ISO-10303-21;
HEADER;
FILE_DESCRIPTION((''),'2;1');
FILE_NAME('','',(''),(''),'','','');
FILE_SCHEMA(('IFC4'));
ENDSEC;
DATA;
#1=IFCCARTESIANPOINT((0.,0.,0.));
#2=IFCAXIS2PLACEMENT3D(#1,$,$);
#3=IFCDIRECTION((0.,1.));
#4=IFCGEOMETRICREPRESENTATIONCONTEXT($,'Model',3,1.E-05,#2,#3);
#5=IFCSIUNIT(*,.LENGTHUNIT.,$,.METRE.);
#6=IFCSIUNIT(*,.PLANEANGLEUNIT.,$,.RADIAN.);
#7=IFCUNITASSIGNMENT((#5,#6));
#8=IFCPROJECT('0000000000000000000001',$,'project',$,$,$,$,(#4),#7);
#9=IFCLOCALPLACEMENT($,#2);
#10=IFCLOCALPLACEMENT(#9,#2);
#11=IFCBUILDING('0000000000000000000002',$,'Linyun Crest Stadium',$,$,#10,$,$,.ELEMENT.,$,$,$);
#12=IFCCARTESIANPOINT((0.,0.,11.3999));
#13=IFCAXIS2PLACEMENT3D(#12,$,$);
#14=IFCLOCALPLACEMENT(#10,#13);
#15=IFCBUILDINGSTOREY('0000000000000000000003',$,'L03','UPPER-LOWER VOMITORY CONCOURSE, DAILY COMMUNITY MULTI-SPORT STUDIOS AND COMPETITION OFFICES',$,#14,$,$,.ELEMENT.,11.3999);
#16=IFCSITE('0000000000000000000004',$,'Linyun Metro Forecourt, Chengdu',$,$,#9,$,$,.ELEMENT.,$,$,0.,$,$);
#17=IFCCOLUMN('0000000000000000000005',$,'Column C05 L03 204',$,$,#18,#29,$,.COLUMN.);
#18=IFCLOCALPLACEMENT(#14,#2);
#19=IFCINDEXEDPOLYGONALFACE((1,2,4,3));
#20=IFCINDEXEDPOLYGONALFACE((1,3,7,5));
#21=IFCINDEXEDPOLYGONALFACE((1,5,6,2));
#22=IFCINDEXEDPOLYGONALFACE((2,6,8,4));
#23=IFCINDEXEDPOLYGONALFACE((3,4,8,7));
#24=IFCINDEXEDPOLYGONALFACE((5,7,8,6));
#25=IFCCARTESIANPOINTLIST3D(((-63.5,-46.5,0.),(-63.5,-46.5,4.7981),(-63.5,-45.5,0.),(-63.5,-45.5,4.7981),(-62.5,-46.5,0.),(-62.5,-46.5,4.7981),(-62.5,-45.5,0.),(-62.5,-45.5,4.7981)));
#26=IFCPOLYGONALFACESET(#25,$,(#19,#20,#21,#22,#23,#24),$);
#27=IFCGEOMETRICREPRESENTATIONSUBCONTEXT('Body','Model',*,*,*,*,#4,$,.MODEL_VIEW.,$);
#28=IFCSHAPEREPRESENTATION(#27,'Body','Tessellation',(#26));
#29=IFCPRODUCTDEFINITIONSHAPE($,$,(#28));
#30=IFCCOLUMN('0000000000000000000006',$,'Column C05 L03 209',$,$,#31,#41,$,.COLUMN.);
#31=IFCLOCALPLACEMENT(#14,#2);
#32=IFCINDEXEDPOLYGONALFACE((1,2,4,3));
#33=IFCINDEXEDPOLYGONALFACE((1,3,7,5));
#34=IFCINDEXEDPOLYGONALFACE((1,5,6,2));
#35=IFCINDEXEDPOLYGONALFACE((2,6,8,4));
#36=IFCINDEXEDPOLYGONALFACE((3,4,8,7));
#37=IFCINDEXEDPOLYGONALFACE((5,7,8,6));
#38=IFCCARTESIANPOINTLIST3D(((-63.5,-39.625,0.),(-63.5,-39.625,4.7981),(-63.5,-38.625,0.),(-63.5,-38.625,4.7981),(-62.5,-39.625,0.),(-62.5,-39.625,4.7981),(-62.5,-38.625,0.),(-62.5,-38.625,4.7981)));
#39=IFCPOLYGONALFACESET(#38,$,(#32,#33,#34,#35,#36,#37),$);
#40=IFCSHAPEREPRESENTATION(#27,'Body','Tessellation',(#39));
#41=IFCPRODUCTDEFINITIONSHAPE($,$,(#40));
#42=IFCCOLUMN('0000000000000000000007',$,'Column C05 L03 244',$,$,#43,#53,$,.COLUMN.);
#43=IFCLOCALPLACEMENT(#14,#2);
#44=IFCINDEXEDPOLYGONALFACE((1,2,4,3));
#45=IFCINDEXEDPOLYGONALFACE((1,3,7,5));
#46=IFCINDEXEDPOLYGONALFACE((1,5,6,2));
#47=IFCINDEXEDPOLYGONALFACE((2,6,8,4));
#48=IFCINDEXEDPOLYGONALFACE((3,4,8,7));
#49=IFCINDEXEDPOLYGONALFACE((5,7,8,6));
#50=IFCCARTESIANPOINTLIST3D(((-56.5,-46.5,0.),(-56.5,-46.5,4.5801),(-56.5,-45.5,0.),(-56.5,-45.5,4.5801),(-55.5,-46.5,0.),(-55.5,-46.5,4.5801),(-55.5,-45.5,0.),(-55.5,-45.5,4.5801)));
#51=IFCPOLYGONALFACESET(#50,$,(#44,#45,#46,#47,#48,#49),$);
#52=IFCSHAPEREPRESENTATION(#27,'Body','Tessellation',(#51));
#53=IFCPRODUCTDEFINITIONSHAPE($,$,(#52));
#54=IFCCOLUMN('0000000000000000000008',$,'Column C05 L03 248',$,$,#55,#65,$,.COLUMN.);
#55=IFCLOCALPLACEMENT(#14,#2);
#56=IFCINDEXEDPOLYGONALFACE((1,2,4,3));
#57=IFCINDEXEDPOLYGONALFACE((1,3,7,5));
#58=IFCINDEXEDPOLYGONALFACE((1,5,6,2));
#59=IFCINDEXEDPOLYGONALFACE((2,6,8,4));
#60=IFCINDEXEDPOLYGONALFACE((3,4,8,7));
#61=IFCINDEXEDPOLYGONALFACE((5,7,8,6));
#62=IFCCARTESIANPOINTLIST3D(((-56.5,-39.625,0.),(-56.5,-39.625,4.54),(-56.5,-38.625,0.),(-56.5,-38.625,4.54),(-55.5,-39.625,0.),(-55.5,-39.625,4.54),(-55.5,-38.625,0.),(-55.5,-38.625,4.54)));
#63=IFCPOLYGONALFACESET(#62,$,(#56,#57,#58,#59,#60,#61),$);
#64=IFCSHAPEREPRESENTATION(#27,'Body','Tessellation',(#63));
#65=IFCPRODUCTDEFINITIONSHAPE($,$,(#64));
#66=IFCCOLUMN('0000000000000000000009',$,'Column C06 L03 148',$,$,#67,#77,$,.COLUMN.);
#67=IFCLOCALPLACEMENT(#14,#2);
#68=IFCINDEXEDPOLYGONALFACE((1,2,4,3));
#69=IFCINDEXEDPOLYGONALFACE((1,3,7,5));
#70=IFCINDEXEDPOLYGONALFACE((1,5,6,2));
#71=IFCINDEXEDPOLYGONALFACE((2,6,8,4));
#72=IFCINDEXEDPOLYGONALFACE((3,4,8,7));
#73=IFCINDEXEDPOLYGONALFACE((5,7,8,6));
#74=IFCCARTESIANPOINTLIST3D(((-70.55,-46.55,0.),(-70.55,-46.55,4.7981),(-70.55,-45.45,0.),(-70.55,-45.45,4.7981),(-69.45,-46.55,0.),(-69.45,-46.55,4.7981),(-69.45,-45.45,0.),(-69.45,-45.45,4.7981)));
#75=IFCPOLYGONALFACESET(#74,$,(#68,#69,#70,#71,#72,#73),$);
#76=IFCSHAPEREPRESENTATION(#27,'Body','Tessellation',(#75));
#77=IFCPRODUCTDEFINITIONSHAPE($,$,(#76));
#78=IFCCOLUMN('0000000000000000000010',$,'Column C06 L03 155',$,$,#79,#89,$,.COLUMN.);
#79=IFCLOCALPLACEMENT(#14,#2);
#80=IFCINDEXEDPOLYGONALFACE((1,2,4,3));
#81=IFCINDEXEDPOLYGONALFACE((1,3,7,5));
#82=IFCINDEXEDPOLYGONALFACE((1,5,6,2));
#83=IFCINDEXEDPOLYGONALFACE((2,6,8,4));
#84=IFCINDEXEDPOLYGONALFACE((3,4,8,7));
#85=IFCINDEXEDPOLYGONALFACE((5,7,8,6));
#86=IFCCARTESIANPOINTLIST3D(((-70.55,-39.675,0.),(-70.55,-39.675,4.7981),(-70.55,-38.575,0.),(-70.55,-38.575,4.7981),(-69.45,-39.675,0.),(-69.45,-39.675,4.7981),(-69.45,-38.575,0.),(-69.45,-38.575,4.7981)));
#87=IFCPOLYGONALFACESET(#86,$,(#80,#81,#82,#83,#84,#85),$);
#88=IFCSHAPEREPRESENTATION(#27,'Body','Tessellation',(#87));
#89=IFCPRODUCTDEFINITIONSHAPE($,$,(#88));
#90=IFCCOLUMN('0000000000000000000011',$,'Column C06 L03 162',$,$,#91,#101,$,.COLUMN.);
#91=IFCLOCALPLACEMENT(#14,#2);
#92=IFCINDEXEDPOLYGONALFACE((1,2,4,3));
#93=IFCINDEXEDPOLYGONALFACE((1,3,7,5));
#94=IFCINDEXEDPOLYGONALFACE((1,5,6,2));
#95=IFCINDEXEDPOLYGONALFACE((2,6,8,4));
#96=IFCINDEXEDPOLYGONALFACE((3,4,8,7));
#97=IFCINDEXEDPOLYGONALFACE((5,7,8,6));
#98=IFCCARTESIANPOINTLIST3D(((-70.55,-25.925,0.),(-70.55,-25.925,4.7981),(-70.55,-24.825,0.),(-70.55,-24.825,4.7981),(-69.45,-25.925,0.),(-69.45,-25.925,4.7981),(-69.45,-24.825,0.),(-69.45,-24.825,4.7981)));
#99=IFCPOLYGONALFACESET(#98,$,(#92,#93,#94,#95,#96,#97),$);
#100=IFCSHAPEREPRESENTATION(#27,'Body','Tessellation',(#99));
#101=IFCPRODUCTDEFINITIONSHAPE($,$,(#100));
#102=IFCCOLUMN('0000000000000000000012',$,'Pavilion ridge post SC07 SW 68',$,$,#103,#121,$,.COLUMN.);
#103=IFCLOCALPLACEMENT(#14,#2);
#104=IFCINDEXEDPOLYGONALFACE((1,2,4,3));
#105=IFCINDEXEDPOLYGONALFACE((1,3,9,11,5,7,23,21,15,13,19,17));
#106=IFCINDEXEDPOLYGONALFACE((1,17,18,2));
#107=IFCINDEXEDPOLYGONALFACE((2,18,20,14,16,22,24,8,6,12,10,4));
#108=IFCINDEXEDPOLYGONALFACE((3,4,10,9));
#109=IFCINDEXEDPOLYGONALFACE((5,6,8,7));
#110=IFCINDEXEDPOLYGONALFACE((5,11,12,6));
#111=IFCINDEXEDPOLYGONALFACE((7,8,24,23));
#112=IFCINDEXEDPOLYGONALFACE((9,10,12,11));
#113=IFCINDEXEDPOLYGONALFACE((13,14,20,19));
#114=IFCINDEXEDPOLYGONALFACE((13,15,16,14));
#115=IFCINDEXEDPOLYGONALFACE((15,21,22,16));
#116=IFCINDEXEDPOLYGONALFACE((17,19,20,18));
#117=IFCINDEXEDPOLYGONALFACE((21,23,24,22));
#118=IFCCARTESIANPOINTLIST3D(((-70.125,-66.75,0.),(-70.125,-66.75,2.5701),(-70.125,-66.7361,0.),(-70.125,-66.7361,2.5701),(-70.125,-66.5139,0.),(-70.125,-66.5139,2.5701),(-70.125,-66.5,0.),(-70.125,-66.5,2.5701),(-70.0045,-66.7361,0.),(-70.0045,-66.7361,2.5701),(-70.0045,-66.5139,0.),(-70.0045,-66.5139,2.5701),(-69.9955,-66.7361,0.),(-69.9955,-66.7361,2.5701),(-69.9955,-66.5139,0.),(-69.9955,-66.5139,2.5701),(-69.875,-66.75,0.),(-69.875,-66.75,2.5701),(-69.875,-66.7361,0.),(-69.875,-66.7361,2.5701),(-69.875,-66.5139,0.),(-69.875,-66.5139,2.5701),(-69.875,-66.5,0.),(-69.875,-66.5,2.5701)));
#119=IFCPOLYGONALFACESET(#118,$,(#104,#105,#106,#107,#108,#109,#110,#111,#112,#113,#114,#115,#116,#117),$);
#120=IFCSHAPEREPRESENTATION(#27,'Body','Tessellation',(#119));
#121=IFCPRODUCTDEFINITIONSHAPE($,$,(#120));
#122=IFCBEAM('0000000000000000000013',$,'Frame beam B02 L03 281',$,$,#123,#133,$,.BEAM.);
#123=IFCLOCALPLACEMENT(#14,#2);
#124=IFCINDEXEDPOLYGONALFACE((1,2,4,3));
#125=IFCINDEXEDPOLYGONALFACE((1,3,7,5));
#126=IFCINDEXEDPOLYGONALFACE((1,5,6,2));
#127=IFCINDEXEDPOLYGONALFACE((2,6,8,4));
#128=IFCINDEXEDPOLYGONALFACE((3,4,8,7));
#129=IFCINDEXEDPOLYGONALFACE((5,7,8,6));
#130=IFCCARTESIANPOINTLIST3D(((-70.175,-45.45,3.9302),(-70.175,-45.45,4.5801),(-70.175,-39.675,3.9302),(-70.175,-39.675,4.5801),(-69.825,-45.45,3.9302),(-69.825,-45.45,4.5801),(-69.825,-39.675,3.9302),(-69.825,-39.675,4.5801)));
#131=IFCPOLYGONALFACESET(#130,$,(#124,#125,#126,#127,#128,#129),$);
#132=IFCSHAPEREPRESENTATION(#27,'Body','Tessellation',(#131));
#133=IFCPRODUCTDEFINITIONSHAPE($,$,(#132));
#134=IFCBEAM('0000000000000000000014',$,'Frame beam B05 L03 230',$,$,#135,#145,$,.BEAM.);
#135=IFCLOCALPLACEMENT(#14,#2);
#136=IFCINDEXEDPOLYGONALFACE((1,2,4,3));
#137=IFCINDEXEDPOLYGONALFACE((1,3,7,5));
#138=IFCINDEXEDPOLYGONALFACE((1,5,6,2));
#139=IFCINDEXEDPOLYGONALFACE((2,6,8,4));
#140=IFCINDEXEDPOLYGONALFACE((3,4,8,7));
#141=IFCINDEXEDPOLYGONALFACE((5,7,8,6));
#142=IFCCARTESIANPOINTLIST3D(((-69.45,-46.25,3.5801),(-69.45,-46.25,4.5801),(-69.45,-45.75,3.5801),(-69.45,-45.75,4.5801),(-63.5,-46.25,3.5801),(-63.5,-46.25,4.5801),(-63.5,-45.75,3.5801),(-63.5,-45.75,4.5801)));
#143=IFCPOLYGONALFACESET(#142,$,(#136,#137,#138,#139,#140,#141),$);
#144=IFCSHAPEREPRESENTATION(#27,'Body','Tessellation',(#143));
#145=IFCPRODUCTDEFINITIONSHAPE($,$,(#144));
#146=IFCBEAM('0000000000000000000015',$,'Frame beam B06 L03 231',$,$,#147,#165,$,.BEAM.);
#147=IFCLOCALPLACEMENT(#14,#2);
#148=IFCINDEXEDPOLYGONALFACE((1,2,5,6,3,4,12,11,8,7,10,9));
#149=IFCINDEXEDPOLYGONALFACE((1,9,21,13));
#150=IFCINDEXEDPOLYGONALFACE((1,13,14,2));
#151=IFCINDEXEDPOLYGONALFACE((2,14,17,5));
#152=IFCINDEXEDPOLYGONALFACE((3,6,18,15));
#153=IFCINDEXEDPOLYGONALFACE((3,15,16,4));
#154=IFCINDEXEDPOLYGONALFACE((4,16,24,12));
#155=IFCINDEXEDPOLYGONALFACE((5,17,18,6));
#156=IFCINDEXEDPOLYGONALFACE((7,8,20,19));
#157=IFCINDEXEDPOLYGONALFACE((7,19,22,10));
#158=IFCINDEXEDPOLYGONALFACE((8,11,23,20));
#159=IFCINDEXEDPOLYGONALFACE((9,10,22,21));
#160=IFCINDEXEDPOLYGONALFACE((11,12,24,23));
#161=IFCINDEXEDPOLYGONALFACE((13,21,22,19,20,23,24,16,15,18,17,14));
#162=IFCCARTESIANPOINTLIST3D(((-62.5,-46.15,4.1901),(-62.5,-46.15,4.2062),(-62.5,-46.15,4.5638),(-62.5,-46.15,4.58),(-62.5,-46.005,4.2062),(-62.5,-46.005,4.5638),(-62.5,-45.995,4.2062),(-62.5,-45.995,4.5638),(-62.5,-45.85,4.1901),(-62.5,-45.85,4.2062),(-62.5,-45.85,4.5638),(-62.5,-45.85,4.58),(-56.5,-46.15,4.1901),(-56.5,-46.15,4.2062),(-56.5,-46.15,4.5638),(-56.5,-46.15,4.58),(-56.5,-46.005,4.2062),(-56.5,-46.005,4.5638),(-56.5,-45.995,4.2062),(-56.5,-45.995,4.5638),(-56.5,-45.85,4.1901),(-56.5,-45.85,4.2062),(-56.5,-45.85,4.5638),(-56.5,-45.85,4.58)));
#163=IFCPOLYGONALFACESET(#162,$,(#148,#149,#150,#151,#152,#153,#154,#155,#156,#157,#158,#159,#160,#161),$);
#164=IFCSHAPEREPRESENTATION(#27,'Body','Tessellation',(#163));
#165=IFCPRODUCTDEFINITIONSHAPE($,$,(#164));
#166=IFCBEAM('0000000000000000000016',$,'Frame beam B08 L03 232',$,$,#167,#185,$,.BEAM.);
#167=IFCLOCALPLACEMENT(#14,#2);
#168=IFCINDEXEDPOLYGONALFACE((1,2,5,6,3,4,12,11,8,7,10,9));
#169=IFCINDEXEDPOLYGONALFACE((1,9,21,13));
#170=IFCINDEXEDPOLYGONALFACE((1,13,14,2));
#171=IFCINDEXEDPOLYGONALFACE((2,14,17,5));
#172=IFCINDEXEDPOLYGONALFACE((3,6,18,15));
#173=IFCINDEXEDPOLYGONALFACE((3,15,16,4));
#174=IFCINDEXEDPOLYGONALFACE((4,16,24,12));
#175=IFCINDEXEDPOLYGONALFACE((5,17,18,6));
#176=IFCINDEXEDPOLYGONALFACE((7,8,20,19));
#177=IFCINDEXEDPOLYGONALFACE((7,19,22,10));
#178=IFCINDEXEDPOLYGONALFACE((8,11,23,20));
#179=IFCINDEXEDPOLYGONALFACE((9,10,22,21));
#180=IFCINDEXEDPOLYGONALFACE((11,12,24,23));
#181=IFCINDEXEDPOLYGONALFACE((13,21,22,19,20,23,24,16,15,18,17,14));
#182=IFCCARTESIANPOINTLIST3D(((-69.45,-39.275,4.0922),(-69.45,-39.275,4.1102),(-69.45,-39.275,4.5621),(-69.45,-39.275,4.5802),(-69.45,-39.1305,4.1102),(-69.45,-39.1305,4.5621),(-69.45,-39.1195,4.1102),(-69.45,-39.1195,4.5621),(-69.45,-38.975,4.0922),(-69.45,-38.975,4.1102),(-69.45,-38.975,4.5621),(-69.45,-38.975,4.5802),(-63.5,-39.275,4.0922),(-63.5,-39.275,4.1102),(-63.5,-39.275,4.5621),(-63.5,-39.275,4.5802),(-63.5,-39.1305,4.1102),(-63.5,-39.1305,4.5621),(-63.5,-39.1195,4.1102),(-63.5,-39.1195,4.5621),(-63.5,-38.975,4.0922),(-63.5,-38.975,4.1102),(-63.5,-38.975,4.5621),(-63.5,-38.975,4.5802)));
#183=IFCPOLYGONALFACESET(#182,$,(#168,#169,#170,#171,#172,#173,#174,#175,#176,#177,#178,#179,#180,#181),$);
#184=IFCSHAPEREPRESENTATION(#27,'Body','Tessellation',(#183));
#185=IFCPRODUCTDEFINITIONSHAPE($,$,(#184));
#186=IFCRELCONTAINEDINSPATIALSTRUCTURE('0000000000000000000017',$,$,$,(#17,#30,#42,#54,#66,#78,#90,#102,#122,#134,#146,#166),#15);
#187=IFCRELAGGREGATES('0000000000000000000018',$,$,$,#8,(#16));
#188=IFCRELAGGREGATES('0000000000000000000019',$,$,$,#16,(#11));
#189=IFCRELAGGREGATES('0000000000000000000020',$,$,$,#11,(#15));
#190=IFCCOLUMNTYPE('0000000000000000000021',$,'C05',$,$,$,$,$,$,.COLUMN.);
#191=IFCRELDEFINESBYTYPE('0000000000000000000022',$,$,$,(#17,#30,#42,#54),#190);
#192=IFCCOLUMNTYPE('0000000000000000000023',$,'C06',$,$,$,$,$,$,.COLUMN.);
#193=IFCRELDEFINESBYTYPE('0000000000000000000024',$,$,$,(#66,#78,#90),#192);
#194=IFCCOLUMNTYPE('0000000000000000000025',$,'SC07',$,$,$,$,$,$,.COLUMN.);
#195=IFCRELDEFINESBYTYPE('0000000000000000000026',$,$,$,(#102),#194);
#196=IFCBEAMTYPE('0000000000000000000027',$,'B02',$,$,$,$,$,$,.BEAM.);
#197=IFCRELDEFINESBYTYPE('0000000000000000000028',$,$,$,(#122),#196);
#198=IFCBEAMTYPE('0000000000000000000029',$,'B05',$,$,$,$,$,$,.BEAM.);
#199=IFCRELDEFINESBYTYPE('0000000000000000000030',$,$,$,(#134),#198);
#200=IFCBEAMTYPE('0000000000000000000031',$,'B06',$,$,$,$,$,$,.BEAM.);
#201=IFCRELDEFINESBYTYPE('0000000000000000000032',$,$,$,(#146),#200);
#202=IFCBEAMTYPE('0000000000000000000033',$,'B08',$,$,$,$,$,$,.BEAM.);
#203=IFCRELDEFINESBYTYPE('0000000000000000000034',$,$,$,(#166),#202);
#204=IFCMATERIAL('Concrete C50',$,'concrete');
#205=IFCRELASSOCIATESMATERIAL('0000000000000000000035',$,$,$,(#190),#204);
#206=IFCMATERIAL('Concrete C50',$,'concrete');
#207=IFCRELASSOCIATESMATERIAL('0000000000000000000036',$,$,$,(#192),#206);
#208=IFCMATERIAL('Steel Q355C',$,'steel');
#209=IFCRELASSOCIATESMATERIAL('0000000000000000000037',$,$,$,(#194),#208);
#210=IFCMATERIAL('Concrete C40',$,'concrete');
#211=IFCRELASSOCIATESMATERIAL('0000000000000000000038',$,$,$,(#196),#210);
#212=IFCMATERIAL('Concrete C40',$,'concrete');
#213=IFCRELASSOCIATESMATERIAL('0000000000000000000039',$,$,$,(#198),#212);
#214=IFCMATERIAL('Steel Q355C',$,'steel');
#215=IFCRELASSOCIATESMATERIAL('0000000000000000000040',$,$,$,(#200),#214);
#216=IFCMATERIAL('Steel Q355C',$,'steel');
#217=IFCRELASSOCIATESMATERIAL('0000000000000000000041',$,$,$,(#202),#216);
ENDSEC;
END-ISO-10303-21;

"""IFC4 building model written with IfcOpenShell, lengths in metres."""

from ifc_helpers import new_model, si_unit, direction, frame, origin, origin_2d, place, context, subcontext, project, spatial, rectangle, i_section, extrude, material, material_profile, profile_set, type_object, element, save


model = new_model("IFC4")

# Units and contexts
model_context = context("Model", 3, precision=1e-05, world=origin(), true_north=direction((0.0, 1.0)))
body_context = subcontext(model_context, "Body", "Model", "MODEL_VIEW")
ifc_project = project(units=[si_unit("LENGTHUNIT", "METRE"), si_unit("PLANEANGLEUNIT", "RADIAN")], contexts=[model_context])

# Site, building, storey
site_placement = place(None, origin())
site = spatial("IfcSite", under=ifc_project, at=site_placement, Name="Linyun Metro Forecourt, Chengdu", CompositionType="ELEMENT", RefElevation=0.0)
building_placement = place(site_placement, origin())
building = spatial("IfcBuilding", under=site, at=building_placement, Name="Linyun Crest Stadium", CompositionType="ELEMENT")
storey_placement = place(building_placement, frame((0.0, 0.0, 11.3999)))
storey = spatial("IfcBuildingStorey", under=building, at=storey_placement, Name="L03", Description="UPPER-LOWER VOMITORY CONCOURSE, DAILY COMMUNITY MULTI-SPORT STUDIOS AND COMPETITION OFFICES", CompositionType="ELEMENT", Elevation=11.3999)

# Columns
ifc_material_1 = material(Name="Concrete C50", Category="concrete")
ifc_material_profile_1 = material_profile(ifc_material_1, rectangle(XDim=1.0, YDim=1.0, at=origin_2d()), Name="RC 1000x1000")
ifc_profile_set_1 = profile_set([ifc_material_profile_1], Name="Concrete C50")
column_type_1 = type_object("IfcColumnType", Name="C05", PredefinedType="COLUMN", material=ifc_profile_set_1)
for number, where, z_axis, x_axis, name in (
    (1, (-63.0, -46.0, 0.0), (0.0, 0.0, 1.0), (1.0, 0.0, 0.0), "Column C05 L03 204"),
    (2, (-63.0, -39.125, 0.0), (0.0, 0.0, 1.0), (1.0, 0.0, 0.0), "Column C05 L03 209"),
):
    element("IfcColumn", number, at=place(storey_placement, frame(where, z_axis=z_axis, x_axis=x_axis)), inside=storey, type_object=column_type_1, Name=name, PredefinedType="COLUMN", context=body_context, shape_type="SweptSolid", body=[
        extrude(rectangle(XDim=1.0, YDim=1.0, at=origin_2d()), origin(), (0.0, 0.0, 1.0), 4.7981),
    ])
column_1_placement = place(storey_placement, frame((-56.0, -46.0, 0.0), z_axis=(0.0, 0.0, 1.0), x_axis=(1.0, 0.0, 0.0)))
element("IfcColumn", 3, at=column_1_placement, inside=storey, type_object=column_type_1, Name="Column C05 L03 244", PredefinedType="COLUMN", context=body_context, shape_type="SweptSolid", body=[
    extrude(rectangle(XDim=1.0, YDim=1.0, at=origin_2d()), origin(), (0.0, 0.0, 1.0), 4.5801),
])
column_2_placement = place(storey_placement, frame((-56.0, -39.125, 0.0), z_axis=(0.0, 0.0, 1.0), x_axis=(1.0, 0.0, 0.0)))
element("IfcColumn", 4, at=column_2_placement, inside=storey, type_object=column_type_1, Name="Column C05 L03 248", PredefinedType="COLUMN", context=body_context, shape_type="SweptSolid", body=[
    extrude(rectangle(XDim=1.0, YDim=1.0, at=origin_2d()), origin(), (0.0, 0.0, 1.0), 4.54),
])
ifc_material_2 = material(Name="Concrete C50", Category="concrete")
ifc_material_profile_2 = material_profile(ifc_material_2, rectangle(XDim=1.1001, YDim=1.1001, at=origin_2d()), Name="RC 1100x1100")
ifc_profile_set_2 = profile_set([ifc_material_profile_2], Name="Concrete C50")
column_type_2 = type_object("IfcColumnType", Name="C06", PredefinedType="COLUMN", material=ifc_profile_set_2)
for number, where, z_axis, x_axis, name in (
    (5, (-70.0, -46.0, 0.0), (0.0, 0.0, 1.0), (1.0, 0.0, 0.0), "Column C06 L03 148"),
    (6, (-70.0, -39.125, 0.0), (0.0, 0.0, 1.0), (1.0, 0.0, 0.0), "Column C06 L03 155"),
    (7, (-70.0, -25.375, 0.0), (0.0, 0.0, 1.0), (1.0, 0.0, 0.0), "Column C06 L03 162"),
):
    element("IfcColumn", number, at=place(storey_placement, frame(where, z_axis=z_axis, x_axis=x_axis)), inside=storey, type_object=column_type_2, Name=name, PredefinedType="COLUMN", context=body_context, shape_type="SweptSolid", body=[
        extrude(rectangle(XDim=1.1001, YDim=1.1001, at=origin_2d()), origin(), (0.0, 0.0, 1.0), 4.7981),
    ])
ifc_material_3 = material(Name="Steel Q355C", Category="steel")
ifc_material_profile_3 = material_profile(ifc_material_3, i_section(OverallWidth=0.25, OverallDepth=0.25, WebThickness=0.009, FlangeThickness=0.0139, at=origin_2d()), Name="HW 250x250")
ifc_profile_set_3 = profile_set([ifc_material_profile_3], Name="Steel Q355C")
column_type_3 = type_object("IfcColumnType", Name="SC07", PredefinedType="COLUMN", material=ifc_profile_set_3)
column_3_placement = place(storey_placement, frame((-70.0, -66.625, 0.0), z_axis=(0.0, 0.0, 1.0), x_axis=(1.0, 0.0, 0.0)))
element("IfcColumn", 8, at=column_3_placement, inside=storey, type_object=column_type_3, Name="Pavilion ridge post SC07 SW 68", PredefinedType="COLUMN", context=body_context, shape_type="SweptSolid", body=[
    extrude(i_section(OverallWidth=0.25, OverallDepth=0.25, WebThickness=0.009, FlangeThickness=0.0139, at=origin_2d()), origin(), (0.0, 0.0, 1.0), 2.5701),
])

# Beams
ifc_material_4 = material(Name="Concrete C40", Category="concrete")
ifc_material_profile_4 = material_profile(ifc_material_4, rectangle(XDim=0.3501, YDim=0.6499, at=origin_2d()), Name="RCB 650x350")
ifc_profile_set_4 = profile_set([ifc_material_profile_4], Name="Concrete C40")
beam_type_1 = type_object("IfcBeamType", Name="B02", PredefinedType="BEAM", material=ifc_profile_set_4)
beam_1_placement = place(storey_placement, frame((-70.0, -45.45, 4.2551), z_axis=(0.0, 1.0, 0.0), x_axis=(-1.0, 0.0, 0.0)))
element("IfcBeam", 9, at=beam_1_placement, inside=storey, type_object=beam_type_1, Name="Frame beam B02 L03 281", PredefinedType="BEAM", context=body_context, shape_type="SweptSolid", body=[
    extrude(rectangle(XDim=0.3501, YDim=0.6499, at=origin_2d()), origin(), (0.0, 0.0, 1.0), 5.7749),
])
ifc_material_5 = material(Name="Concrete C40", Category="concrete")
ifc_material_profile_5 = material_profile(ifc_material_5, rectangle(XDim=0.5, YDim=1.0, at=origin_2d()), Name="RCB 1000x500")
ifc_profile_set_5 = profile_set([ifc_material_profile_5], Name="Concrete C40")
beam_type_2 = type_object("IfcBeamType", Name="B05", PredefinedType="BEAM", material=ifc_profile_set_5)
beam_2_placement = place(storey_placement, frame((-69.45, -46.0, 4.0801), z_axis=(1.0, 0.0, 0.0), x_axis=(0.0, 1.0, 0.0)))
element("IfcBeam", 10, at=beam_2_placement, inside=storey, type_object=beam_type_2, Name="Frame beam B05 L03 230", PredefinedType="BEAM", context=body_context, shape_type="SweptSolid", body=[
    extrude(rectangle(XDim=0.5, YDim=1.0, at=origin_2d()), origin(), (0.0, 0.0, 1.0), 5.95),
])
ifc_material_6 = material(Name="Steel Q355C", Category="steel")
ifc_material_profile_6 = material_profile(ifc_material_6, i_section(OverallWidth=0.3, OverallDepth=0.3899, WebThickness=0.01, FlangeThickness=0.0161, at=origin_2d()), Name="HM 390x300")
ifc_profile_set_6 = profile_set([ifc_material_profile_6], Name="Steel Q355C")
beam_type_3 = type_object("IfcBeamType", Name="B06", PredefinedType="BEAM", material=ifc_profile_set_6)
beam_3_placement = place(storey_placement, frame((-62.5, -46.0, 4.385), z_axis=(1.0, 0.0, 0.0), x_axis=(0.0, 1.0, 0.0)))
element("IfcBeam", 11, at=beam_3_placement, inside=storey, type_object=beam_type_3, Name="Frame beam B06 L03 231", PredefinedType="BEAM", context=body_context, shape_type="SweptSolid", body=[
    extrude(i_section(OverallWidth=0.3, OverallDepth=0.3899, WebThickness=0.01, FlangeThickness=0.0161, at=origin_2d()), origin(), (0.0, 0.0, 1.0), 6.0),
])
ifc_material_7 = material(Name="Steel Q355C", Category="steel")
ifc_material_profile_7 = material_profile(ifc_material_7, i_section(OverallWidth=0.3, OverallDepth=0.488, WebThickness=0.011, FlangeThickness=0.0181, at=origin_2d()), Name="HM 488x300")
ifc_profile_set_7 = profile_set([ifc_material_profile_7], Name="Steel Q355C")
beam_type_4 = type_object("IfcBeamType", Name="B08", PredefinedType="BEAM", material=ifc_profile_set_7)
beam_4_placement = place(storey_placement, frame((-69.45, -39.125, 4.3362), z_axis=(1.0, 0.0, 0.0), x_axis=(0.0, 1.0, 0.0)))
element("IfcBeam", 12, at=beam_4_placement, inside=storey, type_object=beam_type_4, Name="Frame beam B08 L03 232", PredefinedType="BEAM", context=body_context, shape_type="SweptSolid", body=[
    extrude(i_section(OverallWidth=0.3, OverallDepth=0.488, WebThickness=0.011, FlangeThickness=0.0181, at=origin_2d()), origin(), (0.0, 0.0, 1.0), 5.95),
])

save(model, "model.ifc")
